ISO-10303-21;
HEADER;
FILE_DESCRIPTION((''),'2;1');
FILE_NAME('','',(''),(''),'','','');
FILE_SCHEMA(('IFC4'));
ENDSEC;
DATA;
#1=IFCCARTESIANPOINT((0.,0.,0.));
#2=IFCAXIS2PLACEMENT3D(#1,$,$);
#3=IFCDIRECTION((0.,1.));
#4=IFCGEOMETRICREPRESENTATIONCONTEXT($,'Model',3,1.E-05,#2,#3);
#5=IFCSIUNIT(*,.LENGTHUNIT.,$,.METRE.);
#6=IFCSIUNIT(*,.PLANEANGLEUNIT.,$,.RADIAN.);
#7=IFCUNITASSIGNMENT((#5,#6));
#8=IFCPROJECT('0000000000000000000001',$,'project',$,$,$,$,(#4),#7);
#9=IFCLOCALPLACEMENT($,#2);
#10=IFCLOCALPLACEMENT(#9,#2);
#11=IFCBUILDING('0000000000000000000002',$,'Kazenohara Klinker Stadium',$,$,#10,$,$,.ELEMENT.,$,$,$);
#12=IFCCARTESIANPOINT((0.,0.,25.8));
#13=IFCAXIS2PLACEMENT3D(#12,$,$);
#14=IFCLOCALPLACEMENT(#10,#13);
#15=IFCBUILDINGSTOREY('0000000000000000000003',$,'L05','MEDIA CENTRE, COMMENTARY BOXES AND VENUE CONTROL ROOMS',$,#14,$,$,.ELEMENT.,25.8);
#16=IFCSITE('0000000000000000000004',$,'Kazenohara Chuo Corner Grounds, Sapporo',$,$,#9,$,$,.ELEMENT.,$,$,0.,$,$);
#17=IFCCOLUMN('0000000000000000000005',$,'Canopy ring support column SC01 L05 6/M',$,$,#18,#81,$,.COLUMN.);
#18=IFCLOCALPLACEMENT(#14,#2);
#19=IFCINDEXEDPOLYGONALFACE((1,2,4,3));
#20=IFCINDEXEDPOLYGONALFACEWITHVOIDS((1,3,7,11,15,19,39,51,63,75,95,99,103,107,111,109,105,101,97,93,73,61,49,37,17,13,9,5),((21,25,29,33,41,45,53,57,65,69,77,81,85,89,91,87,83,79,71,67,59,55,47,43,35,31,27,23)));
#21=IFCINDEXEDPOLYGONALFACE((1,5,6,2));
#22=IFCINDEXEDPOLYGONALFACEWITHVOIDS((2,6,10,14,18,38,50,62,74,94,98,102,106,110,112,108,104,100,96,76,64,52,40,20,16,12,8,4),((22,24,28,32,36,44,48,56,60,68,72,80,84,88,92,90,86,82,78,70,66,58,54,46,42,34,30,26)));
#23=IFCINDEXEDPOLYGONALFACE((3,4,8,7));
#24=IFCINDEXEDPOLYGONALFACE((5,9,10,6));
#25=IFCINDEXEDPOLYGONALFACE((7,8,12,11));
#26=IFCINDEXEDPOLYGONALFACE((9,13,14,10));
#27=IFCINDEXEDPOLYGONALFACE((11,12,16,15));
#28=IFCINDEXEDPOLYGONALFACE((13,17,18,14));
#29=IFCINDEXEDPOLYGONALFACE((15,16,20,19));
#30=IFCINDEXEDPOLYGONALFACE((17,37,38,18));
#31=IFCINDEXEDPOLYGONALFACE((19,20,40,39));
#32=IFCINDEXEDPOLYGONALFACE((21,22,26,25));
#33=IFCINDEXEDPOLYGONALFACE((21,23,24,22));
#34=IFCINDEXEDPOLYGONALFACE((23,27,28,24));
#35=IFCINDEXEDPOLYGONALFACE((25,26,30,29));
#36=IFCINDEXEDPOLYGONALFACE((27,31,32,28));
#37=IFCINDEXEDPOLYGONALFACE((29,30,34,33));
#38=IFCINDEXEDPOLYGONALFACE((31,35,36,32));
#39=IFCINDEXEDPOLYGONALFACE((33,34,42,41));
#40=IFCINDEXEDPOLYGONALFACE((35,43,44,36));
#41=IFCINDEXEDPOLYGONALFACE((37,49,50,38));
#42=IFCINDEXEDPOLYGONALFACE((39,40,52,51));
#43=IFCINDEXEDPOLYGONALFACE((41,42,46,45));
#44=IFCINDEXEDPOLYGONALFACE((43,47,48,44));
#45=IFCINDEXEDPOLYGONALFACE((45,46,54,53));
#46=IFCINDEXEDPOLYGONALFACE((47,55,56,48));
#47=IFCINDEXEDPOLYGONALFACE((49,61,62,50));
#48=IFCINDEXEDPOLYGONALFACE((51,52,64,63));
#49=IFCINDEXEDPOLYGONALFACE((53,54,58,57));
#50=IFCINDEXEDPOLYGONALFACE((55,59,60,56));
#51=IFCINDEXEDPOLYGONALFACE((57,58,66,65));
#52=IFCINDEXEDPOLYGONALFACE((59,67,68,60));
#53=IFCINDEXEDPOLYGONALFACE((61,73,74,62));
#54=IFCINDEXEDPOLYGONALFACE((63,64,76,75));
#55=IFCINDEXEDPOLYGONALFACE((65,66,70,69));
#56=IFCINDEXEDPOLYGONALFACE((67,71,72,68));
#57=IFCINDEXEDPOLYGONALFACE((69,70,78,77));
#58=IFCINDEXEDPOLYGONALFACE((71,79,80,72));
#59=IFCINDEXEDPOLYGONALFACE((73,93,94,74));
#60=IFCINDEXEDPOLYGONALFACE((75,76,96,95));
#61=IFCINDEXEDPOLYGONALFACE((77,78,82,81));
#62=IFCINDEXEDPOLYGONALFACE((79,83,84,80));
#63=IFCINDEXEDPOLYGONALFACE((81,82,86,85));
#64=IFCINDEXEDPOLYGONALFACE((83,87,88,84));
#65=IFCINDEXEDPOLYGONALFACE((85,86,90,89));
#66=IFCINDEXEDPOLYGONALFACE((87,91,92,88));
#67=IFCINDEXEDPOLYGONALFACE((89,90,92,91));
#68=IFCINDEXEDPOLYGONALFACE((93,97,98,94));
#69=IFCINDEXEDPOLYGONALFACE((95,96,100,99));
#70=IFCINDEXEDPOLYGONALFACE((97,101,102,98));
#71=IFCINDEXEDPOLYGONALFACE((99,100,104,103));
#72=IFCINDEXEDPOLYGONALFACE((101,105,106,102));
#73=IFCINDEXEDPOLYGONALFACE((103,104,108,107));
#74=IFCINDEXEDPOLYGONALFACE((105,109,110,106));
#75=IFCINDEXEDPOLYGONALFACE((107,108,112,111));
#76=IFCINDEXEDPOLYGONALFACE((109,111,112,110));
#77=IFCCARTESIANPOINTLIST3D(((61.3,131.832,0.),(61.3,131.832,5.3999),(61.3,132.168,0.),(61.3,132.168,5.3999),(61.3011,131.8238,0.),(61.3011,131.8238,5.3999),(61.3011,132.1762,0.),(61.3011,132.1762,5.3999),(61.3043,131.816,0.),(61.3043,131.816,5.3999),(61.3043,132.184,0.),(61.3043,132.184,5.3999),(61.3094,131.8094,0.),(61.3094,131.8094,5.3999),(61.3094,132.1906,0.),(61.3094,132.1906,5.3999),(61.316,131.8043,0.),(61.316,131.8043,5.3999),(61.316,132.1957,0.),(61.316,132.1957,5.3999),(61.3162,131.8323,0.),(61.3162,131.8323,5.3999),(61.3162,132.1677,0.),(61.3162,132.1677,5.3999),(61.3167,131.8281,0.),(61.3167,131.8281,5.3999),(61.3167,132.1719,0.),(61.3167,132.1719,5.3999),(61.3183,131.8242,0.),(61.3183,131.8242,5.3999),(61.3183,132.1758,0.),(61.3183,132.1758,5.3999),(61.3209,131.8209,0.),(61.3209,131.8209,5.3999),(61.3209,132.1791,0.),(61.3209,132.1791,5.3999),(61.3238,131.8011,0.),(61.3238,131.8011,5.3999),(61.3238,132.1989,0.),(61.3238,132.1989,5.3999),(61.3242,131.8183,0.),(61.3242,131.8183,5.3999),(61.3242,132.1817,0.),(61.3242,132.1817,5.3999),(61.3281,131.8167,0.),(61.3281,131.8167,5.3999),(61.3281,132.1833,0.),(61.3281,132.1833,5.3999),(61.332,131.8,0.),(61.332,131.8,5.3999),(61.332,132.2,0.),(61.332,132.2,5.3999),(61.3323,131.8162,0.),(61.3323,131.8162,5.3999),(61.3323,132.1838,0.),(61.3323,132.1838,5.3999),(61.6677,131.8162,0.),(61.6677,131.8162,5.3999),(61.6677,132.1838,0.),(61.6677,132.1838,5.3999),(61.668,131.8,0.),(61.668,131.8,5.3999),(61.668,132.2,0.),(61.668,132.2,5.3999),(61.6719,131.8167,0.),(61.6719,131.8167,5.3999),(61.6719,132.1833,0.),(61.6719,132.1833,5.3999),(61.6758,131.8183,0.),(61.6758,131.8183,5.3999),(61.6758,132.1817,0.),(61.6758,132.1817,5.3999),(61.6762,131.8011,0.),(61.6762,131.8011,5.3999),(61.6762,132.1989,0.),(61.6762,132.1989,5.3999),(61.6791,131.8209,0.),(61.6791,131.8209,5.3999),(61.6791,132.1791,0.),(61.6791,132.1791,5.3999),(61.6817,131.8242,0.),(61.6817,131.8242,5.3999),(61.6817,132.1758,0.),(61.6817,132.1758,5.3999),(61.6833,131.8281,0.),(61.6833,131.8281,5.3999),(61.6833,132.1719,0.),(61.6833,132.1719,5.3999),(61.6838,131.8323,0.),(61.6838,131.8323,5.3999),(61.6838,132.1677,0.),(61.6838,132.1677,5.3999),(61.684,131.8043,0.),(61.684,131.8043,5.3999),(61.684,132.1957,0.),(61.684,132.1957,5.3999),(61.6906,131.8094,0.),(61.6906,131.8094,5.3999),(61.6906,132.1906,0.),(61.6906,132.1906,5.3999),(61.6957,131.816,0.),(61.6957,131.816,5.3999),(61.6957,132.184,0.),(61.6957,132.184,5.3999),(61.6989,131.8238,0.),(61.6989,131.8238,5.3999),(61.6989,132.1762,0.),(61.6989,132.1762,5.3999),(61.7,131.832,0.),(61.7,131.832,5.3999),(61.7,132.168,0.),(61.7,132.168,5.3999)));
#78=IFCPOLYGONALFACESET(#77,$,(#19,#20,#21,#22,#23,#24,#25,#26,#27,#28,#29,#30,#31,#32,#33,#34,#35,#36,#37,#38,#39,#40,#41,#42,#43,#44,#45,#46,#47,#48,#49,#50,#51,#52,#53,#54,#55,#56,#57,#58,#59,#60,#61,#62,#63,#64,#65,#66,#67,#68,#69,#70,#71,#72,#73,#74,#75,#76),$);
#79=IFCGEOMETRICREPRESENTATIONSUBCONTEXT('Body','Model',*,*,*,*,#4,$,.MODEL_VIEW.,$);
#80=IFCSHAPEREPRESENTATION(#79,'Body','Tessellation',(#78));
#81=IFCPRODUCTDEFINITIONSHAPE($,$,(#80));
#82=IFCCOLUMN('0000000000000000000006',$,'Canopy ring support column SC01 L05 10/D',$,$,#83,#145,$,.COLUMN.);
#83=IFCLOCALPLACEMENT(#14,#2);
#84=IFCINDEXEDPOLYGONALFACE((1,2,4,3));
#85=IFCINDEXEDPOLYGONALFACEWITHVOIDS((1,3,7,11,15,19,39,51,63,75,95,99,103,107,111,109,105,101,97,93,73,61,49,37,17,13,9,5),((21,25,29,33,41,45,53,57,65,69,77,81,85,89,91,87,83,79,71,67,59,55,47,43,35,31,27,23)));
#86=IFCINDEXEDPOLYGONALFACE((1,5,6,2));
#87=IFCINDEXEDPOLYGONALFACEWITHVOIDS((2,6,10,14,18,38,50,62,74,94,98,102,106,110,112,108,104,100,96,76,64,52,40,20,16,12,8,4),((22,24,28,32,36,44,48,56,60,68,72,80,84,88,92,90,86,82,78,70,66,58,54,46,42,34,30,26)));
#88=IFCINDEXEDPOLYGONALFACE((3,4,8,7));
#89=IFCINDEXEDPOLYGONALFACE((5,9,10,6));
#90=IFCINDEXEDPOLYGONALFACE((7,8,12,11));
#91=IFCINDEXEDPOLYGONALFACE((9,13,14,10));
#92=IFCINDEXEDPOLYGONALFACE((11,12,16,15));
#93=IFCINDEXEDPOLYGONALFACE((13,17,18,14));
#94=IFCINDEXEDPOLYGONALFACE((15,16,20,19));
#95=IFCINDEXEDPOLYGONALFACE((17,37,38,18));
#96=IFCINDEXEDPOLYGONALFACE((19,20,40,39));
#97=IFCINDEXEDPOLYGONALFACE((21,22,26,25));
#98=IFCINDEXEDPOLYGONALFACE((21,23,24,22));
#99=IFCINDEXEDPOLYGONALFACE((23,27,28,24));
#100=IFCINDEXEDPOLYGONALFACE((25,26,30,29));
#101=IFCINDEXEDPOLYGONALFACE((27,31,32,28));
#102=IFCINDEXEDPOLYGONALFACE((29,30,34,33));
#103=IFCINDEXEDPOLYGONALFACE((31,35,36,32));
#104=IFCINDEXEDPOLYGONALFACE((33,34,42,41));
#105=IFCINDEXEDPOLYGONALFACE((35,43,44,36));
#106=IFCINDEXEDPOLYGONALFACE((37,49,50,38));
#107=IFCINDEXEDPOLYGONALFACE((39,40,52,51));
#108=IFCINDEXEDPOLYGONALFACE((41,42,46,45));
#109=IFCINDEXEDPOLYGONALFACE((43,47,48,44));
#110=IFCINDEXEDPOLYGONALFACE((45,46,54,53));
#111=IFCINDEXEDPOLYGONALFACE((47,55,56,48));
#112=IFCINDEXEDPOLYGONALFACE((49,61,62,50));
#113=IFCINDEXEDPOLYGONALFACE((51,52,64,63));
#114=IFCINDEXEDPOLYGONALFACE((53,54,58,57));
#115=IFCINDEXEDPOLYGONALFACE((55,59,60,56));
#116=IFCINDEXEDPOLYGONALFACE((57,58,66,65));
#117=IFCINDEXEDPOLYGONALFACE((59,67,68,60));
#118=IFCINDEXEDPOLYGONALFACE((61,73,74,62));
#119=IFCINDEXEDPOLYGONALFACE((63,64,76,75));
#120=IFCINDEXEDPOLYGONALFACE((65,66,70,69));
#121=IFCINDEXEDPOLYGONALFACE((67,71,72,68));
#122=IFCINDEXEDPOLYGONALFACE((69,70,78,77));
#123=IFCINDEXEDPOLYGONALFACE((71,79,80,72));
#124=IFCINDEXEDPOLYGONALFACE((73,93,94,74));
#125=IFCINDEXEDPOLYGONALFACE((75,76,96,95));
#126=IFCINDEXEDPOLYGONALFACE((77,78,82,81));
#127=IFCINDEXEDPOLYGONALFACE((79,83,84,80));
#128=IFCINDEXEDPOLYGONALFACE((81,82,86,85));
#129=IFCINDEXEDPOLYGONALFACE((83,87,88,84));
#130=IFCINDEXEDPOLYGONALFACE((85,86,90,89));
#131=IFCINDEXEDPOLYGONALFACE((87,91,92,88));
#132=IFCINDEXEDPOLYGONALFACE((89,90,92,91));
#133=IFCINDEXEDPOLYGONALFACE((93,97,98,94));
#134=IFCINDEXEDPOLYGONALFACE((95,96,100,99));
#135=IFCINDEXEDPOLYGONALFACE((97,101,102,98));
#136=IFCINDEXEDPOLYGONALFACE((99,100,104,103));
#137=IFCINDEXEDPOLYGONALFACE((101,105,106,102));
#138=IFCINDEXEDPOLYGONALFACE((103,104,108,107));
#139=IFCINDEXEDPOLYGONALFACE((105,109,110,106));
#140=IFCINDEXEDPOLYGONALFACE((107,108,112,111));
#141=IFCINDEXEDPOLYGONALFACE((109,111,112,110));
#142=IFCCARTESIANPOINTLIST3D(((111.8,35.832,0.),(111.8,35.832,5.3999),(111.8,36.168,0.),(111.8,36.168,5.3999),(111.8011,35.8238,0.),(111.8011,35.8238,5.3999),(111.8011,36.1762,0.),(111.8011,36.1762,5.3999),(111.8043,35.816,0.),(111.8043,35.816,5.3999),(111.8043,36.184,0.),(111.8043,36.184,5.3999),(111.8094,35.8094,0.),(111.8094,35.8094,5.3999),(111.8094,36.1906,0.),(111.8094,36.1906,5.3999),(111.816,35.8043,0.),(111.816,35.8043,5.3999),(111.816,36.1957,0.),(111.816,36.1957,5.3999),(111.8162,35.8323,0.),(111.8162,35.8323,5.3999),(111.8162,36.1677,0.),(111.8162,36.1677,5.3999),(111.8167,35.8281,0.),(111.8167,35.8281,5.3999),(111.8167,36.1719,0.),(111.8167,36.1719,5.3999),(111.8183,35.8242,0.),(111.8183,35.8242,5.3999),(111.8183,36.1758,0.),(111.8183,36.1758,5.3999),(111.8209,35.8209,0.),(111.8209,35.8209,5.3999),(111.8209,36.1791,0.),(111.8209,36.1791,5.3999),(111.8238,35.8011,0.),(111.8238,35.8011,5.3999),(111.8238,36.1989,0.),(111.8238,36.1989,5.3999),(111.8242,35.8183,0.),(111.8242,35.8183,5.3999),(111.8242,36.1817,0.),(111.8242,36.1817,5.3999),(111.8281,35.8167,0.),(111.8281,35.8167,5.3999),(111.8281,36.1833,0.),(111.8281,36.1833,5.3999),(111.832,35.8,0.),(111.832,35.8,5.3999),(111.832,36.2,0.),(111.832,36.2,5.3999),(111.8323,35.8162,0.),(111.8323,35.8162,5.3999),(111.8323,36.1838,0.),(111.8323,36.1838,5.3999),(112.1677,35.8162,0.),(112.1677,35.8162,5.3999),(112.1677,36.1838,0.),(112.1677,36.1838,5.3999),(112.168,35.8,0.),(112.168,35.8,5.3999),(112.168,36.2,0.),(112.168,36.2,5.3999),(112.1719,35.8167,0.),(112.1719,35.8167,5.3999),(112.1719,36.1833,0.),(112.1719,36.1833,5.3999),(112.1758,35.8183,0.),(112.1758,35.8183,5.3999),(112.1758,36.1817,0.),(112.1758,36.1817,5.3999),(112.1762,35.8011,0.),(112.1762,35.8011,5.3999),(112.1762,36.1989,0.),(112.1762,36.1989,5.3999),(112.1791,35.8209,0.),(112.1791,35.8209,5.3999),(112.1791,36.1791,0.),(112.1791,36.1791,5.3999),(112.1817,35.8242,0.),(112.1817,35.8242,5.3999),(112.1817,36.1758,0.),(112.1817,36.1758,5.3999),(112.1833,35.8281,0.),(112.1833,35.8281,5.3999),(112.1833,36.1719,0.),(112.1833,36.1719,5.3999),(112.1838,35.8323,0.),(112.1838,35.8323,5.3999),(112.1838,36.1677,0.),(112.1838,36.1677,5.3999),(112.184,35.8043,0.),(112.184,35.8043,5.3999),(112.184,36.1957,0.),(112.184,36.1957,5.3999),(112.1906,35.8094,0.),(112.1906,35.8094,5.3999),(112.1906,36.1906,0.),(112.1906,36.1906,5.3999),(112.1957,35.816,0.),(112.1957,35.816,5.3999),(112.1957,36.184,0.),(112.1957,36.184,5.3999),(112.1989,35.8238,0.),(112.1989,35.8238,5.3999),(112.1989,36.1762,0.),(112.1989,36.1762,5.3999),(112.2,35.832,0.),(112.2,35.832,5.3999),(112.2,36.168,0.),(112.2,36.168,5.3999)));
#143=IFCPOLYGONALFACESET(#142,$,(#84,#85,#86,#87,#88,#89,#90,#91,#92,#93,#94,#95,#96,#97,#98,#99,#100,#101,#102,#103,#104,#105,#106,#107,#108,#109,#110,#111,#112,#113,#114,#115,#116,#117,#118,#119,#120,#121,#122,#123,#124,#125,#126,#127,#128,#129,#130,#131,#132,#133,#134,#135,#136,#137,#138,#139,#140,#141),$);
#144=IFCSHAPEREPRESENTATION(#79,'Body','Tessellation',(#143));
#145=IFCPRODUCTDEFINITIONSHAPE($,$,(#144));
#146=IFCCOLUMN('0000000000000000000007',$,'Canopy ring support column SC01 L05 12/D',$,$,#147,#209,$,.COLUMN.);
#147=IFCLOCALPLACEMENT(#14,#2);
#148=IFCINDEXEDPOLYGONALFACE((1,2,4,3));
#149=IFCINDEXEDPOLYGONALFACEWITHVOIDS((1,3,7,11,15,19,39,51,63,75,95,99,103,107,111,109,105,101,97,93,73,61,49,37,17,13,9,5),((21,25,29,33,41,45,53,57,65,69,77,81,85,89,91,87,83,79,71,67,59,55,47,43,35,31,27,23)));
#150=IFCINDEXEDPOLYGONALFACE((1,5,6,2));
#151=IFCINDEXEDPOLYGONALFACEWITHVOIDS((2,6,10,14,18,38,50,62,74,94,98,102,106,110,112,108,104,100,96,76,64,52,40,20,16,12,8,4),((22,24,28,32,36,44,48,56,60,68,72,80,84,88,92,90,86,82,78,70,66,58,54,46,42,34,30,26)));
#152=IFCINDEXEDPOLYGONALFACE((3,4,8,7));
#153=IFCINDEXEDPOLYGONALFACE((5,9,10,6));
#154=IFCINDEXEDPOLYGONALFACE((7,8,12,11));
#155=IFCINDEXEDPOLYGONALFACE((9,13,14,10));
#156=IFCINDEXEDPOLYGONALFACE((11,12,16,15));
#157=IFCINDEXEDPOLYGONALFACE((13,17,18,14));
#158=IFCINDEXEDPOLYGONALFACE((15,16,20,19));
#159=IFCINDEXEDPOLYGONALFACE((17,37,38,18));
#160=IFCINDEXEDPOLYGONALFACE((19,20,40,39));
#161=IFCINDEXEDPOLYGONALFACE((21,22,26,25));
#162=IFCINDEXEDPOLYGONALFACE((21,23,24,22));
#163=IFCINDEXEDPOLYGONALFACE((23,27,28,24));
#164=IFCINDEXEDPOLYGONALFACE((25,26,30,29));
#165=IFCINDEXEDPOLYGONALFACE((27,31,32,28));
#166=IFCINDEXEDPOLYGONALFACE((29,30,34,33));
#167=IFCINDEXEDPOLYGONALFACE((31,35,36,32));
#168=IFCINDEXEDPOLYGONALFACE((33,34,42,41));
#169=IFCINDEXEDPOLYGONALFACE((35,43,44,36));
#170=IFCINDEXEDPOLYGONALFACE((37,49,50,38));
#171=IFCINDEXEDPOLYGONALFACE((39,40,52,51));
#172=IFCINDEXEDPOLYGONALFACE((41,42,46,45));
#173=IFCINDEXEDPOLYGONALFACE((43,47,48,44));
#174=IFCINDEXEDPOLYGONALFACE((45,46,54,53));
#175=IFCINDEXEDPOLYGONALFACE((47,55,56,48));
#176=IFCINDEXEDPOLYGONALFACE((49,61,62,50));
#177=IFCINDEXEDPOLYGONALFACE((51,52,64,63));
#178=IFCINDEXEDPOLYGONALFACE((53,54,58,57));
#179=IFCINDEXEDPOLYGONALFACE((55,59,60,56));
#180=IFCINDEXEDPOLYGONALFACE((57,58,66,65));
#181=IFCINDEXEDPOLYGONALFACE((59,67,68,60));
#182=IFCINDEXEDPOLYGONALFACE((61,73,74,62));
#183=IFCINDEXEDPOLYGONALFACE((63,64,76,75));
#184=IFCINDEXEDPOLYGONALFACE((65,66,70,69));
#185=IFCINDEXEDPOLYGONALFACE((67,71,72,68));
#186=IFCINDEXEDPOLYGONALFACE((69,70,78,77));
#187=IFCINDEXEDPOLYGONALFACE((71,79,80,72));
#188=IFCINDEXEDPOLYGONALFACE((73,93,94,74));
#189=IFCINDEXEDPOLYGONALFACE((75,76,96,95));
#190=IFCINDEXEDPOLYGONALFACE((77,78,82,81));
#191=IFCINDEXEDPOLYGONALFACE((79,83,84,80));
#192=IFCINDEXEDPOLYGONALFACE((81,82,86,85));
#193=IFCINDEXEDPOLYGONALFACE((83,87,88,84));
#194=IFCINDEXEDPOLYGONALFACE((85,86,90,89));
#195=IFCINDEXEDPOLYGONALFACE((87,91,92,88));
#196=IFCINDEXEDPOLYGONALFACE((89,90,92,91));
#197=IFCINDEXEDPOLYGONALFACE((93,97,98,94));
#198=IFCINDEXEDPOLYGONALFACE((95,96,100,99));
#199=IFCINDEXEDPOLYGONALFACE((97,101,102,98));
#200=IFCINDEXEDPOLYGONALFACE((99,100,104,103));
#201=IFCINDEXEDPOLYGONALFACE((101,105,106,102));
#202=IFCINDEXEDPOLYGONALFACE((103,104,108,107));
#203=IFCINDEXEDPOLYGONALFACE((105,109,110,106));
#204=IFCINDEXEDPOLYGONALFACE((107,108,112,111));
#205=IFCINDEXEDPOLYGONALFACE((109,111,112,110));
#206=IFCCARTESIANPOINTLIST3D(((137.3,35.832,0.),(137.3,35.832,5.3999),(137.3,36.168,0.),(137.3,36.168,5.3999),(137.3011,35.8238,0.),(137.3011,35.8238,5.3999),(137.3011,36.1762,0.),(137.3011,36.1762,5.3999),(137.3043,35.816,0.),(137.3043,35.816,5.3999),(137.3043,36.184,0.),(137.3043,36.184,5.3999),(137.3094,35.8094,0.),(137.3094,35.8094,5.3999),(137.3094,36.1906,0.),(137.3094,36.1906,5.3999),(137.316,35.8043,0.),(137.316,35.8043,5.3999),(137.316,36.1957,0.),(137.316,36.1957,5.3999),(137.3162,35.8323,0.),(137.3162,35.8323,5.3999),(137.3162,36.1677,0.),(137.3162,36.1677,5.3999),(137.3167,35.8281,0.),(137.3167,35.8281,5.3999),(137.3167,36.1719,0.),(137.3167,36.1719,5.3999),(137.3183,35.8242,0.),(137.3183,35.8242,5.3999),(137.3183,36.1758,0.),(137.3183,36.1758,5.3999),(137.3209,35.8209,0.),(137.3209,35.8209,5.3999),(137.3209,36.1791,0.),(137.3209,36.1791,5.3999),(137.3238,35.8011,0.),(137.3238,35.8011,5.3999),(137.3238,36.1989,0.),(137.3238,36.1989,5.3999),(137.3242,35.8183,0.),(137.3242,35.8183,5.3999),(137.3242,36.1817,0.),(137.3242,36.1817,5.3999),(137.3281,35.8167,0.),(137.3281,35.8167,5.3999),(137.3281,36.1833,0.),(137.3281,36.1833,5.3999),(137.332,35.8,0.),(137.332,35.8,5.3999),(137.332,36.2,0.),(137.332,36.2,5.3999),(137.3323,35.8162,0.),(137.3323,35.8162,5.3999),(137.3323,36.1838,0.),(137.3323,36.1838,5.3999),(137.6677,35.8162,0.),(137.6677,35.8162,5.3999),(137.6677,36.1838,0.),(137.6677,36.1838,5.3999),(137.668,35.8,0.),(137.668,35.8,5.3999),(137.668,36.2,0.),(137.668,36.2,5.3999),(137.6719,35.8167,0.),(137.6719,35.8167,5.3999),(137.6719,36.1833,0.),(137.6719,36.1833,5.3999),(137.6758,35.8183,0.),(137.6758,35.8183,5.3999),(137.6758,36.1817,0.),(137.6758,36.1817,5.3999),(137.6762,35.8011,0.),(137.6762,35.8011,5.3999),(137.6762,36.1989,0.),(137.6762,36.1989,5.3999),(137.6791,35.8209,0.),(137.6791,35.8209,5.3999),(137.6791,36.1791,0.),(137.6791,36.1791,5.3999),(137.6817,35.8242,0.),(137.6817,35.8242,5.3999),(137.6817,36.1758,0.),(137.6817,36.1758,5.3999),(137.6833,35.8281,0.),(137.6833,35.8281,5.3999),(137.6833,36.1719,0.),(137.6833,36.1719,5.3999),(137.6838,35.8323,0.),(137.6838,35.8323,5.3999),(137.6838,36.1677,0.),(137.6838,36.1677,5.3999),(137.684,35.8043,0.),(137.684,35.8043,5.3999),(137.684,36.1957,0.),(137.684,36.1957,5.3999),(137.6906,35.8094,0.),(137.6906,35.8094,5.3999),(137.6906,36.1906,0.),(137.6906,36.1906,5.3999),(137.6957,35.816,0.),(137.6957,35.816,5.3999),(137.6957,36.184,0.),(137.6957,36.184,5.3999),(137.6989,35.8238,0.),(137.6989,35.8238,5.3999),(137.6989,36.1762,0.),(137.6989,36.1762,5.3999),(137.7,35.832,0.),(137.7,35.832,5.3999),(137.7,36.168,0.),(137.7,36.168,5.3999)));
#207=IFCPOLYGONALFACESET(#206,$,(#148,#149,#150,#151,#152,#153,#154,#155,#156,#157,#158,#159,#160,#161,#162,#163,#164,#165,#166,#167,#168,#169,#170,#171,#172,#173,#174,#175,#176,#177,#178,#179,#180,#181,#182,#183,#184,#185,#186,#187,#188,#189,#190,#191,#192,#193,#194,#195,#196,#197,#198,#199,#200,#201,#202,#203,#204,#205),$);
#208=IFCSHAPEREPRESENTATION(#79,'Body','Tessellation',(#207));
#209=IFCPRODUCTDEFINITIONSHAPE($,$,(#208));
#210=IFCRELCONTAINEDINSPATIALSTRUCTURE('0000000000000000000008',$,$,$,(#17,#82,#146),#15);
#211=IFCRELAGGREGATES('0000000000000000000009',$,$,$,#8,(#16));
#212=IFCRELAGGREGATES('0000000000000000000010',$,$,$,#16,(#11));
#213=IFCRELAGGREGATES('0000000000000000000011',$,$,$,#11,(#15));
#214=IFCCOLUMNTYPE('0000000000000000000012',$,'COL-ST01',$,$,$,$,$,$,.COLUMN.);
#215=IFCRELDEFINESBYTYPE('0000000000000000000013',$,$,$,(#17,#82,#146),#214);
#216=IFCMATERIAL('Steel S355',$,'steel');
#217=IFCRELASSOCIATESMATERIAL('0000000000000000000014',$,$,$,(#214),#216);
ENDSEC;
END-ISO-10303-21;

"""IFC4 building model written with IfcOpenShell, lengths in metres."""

from ifc_helpers import new_model, si_unit, direction, frame, origin, origin_2d, place, context, subcontext, project, spatial, hollow_rectangle, extrude, material, material_profile, profile_set, type_object, element, save


model = new_model("IFC4")

# Units and contexts
model_context = context("Model", 3, precision=1e-05, world=origin(), true_north=direction((0.0, 1.0)))
body_context = subcontext(model_context, "Body", "Model", "MODEL_VIEW")
ifc_project = project(units=[si_unit("LENGTHUNIT", "METRE"), si_unit("PLANEANGLEUNIT", "RADIAN")], contexts=[model_context])

# Site, building, storey
site_placement = place(None, origin())
site = spatial("IfcSite", under=ifc_project, at=site_placement, Name="Kazenohara Chuo Corner Grounds, Sapporo", CompositionType="ELEMENT", RefElevation=0.0)
building_placement = place(site_placement, origin())
building = spatial("IfcBuilding", under=site, at=building_placement, Name="Kazenohara Klinker Stadium", CompositionType="ELEMENT")
storey_placement = place(building_placement, frame((0.0, 0.0, 25.8)))
storey = spatial("IfcBuildingStorey", under=building, at=storey_placement, Name="L05", Description="MEDIA CENTRE, COMMENTARY BOXES AND VENUE CONTROL ROOMS", CompositionType="ELEMENT", Elevation=25.8)

# Columns
ifc_material_1 = material(Name="Steel S355", Category="steel")
ifc_material_profile_1 = material_profile(ifc_material_1, hollow_rectangle(XDim=0.3999, YDim=0.3999, WallThickness=0.0161, InnerFilletRadius=0.0161, OuterFilletRadius=0.032, at=origin_2d()), Name="SHS-400x400x16")
ifc_profile_set_1 = profile_set([ifc_material_profile_1], Name="Steel S355")
column_type_1 = type_object("IfcColumnType", Name="COL-ST01", PredefinedType="COLUMN", material=ifc_profile_set_1)
for number, where, z_axis, x_axis, name in (
    (1, (61.5, 132.0, 0.0), (0.0, 0.0, 1.0), (1.0, 0.0, 0.0), "Canopy ring support column SC01 L05 6/M"),
    (2, (112.0, 36.0, 0.0), (0.0, 0.0, 1.0), (1.0, 0.0, 0.0), "Canopy ring support column SC01 L05 10/D"),
    (3, (137.5, 36.0, 0.0), (0.0, 0.0, 1.0), (1.0, 0.0, 0.0), "Canopy ring support column SC01 L05 12/D"),
):
    element("IfcColumn", number, at=place(storey_placement, frame(where, z_axis=z_axis, x_axis=x_axis)), inside=storey, type_object=column_type_1, Name=name, PredefinedType="COLUMN", context=body_context, shape_type="SweptSolid", body=[
        extrude(hollow_rectangle(XDim=0.3999, YDim=0.3999, WallThickness=0.0161, InnerFilletRadius=0.0161, OuterFilletRadius=0.032, at=origin_2d()), origin(), (0.0, 0.0, 1.0), 5.3999),
    ])

save(model, "model.ifc")
